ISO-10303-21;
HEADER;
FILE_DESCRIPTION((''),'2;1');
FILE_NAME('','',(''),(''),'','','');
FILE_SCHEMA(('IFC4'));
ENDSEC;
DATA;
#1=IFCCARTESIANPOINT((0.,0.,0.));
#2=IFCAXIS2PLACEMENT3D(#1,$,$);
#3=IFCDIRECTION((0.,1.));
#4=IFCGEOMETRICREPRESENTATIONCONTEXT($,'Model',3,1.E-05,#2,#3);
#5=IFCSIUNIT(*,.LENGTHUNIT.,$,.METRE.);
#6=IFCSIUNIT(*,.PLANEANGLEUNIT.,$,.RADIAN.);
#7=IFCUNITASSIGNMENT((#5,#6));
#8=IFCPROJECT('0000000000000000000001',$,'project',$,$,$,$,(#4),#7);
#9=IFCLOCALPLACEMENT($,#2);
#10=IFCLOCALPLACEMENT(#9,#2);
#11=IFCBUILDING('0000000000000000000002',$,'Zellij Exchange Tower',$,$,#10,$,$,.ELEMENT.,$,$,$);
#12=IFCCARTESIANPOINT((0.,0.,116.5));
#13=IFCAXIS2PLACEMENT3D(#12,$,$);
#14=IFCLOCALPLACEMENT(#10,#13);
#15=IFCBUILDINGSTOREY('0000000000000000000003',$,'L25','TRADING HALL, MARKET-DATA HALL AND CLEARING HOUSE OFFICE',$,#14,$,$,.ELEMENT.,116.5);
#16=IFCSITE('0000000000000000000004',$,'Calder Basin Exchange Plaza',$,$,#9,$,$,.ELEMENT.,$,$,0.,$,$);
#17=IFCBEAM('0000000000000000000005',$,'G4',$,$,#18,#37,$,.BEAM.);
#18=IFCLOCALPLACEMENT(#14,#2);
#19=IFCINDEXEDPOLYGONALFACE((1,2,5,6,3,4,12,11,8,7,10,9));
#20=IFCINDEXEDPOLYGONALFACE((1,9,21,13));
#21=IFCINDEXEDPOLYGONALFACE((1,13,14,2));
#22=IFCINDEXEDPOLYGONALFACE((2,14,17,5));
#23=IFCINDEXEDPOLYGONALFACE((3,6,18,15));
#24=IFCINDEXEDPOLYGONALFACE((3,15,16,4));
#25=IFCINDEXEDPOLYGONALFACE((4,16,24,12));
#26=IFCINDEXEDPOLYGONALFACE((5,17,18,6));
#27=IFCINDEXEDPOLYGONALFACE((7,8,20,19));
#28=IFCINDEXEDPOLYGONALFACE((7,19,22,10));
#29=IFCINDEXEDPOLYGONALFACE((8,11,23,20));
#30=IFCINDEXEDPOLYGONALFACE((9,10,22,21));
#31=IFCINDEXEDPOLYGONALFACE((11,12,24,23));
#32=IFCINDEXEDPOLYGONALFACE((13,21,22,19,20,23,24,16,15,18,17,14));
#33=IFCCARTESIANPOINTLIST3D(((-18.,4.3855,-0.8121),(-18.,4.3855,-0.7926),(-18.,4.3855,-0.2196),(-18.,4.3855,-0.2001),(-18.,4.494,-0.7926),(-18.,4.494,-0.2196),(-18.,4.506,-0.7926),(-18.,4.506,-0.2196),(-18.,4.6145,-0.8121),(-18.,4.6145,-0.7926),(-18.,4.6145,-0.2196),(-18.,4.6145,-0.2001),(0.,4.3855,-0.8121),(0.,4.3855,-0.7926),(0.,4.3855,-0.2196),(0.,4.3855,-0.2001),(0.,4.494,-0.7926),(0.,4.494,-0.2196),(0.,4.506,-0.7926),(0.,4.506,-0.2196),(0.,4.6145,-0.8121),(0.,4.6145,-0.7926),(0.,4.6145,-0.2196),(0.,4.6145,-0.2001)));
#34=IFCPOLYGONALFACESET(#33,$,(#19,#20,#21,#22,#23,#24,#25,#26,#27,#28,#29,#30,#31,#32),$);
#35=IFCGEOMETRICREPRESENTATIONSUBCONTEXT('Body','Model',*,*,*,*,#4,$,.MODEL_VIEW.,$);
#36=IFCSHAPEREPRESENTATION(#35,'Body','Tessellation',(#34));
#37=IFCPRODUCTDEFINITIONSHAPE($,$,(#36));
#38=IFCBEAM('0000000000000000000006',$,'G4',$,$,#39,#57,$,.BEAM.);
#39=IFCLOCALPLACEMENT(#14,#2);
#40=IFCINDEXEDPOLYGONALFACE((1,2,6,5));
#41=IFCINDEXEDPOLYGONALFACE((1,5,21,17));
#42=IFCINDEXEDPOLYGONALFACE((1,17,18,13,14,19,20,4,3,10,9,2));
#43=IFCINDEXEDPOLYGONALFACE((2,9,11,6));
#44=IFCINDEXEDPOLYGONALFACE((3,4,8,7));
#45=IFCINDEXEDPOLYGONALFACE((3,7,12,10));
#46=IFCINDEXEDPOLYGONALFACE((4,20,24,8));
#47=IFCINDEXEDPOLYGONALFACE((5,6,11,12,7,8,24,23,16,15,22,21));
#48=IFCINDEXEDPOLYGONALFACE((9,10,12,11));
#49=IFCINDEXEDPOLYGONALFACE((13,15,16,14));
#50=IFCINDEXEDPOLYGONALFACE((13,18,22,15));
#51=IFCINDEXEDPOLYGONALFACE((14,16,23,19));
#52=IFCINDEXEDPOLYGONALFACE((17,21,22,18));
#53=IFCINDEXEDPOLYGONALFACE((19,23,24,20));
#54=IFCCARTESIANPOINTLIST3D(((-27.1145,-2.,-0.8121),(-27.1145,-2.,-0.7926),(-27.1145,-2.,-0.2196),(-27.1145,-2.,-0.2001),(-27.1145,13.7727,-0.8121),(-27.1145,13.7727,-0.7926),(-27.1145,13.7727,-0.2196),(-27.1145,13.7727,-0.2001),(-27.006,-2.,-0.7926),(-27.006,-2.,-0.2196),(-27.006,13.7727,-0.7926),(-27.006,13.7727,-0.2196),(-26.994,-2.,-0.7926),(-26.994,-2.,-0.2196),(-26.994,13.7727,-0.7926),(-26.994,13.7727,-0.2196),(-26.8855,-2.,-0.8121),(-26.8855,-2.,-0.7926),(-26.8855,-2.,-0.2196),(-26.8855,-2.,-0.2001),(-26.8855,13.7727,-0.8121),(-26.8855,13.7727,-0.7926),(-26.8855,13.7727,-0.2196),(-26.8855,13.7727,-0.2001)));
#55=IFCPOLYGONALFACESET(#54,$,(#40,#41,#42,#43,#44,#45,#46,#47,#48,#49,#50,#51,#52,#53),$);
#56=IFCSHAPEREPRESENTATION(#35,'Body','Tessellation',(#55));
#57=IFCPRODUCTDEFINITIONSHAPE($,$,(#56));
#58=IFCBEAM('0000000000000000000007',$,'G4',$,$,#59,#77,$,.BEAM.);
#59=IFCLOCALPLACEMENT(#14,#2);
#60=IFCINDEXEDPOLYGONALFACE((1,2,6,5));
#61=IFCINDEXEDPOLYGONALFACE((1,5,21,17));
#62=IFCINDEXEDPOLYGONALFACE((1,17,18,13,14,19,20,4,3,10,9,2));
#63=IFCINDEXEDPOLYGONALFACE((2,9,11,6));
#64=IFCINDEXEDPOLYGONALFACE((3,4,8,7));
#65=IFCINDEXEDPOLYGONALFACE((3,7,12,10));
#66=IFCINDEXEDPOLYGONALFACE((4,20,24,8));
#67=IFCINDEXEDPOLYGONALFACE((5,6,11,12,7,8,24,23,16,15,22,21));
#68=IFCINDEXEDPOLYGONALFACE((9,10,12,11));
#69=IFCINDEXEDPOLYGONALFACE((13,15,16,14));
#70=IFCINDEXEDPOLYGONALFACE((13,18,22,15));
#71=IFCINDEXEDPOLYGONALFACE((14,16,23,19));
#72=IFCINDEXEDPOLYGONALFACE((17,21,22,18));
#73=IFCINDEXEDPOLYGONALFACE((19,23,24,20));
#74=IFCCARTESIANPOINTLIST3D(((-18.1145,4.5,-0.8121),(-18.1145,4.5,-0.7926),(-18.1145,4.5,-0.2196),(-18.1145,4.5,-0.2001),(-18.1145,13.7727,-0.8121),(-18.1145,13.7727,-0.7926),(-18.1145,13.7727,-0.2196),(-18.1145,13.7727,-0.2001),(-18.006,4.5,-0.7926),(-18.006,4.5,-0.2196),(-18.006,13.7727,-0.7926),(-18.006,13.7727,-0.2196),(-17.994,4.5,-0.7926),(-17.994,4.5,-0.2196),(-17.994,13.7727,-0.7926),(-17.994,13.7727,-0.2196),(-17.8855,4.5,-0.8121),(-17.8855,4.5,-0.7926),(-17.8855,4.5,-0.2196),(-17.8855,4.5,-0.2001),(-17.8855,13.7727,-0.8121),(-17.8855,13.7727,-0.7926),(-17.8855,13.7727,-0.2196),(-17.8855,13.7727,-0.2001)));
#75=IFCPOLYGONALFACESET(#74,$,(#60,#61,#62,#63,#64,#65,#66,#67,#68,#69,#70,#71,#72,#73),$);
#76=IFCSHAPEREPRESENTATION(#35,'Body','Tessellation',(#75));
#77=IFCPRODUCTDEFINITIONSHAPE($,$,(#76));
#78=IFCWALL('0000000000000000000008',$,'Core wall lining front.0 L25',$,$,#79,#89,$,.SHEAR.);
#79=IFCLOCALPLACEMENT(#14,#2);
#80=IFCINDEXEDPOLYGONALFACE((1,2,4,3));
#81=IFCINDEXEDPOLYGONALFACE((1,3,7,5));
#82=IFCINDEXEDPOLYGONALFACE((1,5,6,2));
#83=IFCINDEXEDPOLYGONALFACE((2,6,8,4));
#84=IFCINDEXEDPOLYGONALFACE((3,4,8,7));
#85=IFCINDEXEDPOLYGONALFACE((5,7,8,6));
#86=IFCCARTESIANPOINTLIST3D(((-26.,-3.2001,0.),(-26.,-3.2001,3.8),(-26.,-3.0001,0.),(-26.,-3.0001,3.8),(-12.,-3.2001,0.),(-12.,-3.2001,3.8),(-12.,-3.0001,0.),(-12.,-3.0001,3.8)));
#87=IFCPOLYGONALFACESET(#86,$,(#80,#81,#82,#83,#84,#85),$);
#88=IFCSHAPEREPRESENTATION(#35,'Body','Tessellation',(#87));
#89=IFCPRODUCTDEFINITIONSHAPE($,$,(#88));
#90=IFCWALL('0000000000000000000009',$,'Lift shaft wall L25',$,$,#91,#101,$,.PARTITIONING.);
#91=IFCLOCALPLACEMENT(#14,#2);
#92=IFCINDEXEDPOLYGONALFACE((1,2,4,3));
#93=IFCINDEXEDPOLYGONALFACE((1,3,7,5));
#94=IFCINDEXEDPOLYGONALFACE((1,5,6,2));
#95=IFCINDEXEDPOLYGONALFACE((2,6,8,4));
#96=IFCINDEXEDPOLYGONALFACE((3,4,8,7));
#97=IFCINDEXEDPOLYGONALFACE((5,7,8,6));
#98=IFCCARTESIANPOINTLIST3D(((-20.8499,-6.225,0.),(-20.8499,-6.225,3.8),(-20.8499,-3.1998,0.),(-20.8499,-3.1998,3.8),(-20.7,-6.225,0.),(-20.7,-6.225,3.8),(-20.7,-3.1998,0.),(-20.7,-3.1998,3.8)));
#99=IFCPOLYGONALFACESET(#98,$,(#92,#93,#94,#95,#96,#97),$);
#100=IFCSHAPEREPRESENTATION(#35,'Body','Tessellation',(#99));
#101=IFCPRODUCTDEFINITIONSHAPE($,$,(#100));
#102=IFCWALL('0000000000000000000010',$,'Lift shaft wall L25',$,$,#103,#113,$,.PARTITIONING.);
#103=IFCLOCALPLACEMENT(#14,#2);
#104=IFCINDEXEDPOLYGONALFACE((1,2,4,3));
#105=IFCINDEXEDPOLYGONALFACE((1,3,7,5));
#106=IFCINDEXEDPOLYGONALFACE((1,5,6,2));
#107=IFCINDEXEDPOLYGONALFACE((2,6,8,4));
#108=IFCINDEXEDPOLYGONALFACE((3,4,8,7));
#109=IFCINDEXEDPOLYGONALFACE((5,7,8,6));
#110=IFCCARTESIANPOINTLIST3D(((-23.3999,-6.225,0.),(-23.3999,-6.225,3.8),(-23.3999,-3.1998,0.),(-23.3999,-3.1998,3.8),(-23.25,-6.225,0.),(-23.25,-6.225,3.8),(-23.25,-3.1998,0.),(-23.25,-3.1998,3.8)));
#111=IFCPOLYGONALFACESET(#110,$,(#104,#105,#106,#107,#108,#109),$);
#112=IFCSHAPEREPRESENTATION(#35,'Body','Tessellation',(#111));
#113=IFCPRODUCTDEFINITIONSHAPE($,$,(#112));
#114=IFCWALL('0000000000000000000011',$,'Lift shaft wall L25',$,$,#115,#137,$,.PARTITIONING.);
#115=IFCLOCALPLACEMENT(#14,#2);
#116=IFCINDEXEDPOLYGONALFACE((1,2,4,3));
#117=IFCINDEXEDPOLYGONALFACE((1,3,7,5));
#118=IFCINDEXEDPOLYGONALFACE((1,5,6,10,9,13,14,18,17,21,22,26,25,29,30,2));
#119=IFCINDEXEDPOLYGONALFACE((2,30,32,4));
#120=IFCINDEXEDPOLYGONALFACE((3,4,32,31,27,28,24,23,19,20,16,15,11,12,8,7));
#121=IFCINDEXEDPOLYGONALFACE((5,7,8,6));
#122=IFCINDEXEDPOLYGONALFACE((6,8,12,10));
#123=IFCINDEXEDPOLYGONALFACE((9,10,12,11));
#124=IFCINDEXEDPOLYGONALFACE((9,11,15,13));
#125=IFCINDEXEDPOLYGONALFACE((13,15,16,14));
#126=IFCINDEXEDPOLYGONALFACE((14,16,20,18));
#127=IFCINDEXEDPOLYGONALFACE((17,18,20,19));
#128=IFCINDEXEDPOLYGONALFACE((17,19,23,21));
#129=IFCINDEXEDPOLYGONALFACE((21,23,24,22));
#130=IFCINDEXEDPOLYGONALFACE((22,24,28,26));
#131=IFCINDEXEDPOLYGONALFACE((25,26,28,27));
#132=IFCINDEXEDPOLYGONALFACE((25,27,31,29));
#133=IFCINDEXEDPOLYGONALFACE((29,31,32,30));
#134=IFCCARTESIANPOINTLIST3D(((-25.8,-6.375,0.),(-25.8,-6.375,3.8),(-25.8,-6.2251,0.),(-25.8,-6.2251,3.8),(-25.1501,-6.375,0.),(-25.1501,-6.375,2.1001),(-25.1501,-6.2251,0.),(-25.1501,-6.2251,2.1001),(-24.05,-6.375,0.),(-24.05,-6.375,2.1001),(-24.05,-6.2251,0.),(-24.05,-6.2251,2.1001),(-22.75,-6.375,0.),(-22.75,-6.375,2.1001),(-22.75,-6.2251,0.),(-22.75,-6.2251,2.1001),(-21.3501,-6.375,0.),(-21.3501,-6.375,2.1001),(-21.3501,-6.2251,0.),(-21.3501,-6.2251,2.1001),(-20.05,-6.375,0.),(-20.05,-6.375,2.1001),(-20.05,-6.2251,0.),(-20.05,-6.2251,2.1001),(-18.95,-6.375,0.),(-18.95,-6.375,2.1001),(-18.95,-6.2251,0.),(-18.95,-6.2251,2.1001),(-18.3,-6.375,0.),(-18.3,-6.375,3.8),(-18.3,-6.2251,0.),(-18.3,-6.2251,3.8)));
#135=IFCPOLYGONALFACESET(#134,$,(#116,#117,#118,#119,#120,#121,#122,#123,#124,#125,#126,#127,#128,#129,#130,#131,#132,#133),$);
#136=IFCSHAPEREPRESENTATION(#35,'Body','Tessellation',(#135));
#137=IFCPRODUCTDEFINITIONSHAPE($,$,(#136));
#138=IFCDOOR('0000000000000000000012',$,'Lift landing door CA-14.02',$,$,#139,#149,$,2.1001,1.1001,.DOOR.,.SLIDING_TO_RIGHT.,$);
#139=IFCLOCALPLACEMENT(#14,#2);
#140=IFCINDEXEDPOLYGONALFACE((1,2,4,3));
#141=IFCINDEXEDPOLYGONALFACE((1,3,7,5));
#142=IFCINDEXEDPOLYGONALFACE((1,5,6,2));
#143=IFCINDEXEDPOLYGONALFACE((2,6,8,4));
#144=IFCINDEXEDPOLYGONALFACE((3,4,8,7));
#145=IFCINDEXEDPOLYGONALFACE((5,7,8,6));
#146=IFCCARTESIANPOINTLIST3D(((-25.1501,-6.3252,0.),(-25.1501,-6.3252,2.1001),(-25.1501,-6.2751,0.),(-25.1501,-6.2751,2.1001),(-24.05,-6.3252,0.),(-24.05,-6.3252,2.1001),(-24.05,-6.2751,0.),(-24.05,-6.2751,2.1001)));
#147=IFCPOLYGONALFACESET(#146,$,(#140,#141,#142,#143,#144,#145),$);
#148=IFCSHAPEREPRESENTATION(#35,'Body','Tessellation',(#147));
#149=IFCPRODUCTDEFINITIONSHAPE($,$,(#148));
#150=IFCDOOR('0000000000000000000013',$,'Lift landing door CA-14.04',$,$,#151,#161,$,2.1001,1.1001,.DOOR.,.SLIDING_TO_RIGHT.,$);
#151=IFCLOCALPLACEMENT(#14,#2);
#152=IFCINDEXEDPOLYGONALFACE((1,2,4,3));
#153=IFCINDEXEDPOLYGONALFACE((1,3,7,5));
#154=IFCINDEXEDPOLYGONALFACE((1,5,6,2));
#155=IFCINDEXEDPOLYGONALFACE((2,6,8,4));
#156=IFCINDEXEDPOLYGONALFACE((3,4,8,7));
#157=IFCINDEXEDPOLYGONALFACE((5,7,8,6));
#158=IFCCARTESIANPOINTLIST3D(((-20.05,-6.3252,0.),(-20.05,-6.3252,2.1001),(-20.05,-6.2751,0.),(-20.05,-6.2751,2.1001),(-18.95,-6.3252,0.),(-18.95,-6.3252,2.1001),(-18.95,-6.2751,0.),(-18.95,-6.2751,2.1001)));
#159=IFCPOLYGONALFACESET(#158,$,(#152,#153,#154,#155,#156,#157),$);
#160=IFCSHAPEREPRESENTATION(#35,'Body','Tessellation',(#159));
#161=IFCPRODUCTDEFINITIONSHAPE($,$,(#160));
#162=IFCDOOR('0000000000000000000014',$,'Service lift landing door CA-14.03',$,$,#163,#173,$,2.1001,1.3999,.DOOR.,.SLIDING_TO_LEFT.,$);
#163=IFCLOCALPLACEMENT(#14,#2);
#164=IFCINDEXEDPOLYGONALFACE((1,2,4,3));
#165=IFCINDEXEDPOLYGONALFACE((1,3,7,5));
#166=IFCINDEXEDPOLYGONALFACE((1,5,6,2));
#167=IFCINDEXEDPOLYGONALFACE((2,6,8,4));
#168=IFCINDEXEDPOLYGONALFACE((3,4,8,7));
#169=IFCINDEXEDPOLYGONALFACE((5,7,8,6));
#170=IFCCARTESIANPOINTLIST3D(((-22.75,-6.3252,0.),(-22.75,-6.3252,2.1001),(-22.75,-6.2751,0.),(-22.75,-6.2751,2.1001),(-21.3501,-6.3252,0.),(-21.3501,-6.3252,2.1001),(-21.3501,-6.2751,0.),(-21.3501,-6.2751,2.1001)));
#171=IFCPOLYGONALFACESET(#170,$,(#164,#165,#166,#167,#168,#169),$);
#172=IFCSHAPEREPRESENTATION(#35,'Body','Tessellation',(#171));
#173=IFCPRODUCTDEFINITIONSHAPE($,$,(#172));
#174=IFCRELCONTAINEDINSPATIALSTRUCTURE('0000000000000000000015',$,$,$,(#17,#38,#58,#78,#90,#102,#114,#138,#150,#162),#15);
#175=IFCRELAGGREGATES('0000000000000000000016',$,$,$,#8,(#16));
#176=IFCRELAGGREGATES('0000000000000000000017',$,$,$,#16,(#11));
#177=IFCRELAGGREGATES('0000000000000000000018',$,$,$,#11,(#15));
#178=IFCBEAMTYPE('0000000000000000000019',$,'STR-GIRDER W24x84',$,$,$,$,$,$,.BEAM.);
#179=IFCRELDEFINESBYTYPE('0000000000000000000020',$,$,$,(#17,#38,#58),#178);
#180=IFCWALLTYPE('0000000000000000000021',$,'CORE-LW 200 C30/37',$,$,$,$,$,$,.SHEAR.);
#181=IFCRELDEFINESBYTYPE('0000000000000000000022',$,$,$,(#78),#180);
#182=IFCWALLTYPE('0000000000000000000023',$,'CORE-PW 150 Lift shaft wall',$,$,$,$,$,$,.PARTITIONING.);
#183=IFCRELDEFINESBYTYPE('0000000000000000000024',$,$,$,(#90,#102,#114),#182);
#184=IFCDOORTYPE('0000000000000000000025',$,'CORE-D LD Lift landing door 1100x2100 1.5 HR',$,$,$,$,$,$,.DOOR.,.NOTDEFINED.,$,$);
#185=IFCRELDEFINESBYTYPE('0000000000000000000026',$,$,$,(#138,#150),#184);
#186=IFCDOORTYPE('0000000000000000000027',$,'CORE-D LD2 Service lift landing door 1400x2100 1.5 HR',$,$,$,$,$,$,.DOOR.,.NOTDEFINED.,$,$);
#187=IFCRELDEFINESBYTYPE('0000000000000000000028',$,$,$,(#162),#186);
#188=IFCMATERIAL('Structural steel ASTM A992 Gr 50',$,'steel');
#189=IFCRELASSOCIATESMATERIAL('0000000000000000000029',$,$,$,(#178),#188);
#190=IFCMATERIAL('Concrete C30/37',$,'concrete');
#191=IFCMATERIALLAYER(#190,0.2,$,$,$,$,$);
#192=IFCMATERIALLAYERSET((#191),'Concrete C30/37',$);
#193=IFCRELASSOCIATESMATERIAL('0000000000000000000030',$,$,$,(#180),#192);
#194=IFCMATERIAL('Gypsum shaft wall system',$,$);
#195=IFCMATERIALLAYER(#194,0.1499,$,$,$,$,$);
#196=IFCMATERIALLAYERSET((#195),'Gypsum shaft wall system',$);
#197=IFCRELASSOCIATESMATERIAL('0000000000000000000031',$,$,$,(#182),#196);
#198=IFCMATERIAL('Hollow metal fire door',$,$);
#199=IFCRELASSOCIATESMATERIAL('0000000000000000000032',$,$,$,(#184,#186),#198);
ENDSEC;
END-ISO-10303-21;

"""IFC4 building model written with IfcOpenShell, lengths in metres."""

from ifc_helpers import new_model, si_unit, direction, frame, frame_2d, origin, origin_2d, place, context, subcontext, project, spatial, rectangle, i_section, extrude, material, layer, layer_set, material_profile, profile_set, type_object, element, fill, save


model = new_model("IFC4")

# Units and contexts
model_context = context("Model", 3, precision=1e-05, world=origin(), true_north=direction((0.0, 1.0)))
body_context = subcontext(model_context, "Body", "Model", "MODEL_VIEW")
ifc_project = project(units=[si_unit("LENGTHUNIT", "METRE"), si_unit("PLANEANGLEUNIT", "RADIAN")], contexts=[model_context])

# Site, building, storey
site_placement = place(None, origin())
site = spatial("IfcSite", under=ifc_project, at=site_placement, Name="Calder Basin Exchange Plaza", CompositionType="ELEMENT", RefElevation=0.0)
building_placement = place(site_placement, origin())
building = spatial("IfcBuilding", under=site, at=building_placement, Name="Zellij Exchange Tower", CompositionType="ELEMENT")
storey_placement = place(building_placement, frame((0.0, 0.0, 116.5)))
storey = spatial("IfcBuildingStorey", under=building, at=storey_placement, Name="L25", Description="TRADING HALL, MARKET-DATA HALL AND CLEARING HOUSE OFFICE", CompositionType="ELEMENT", Elevation=116.5)

# Beams
ifc_material_1 = material(Name="Structural steel ASTM A992 Gr 50", Category="steel")
ifc_material_profile_1 = material_profile(ifc_material_1, i_section(OverallWidth=0.229, OverallDepth=0.6121, WebThickness=0.012, FlangeThickness=0.0195, at=origin_2d()), Name="W24x84")
ifc_profile_set_1 = profile_set([ifc_material_profile_1], Name="Structural steel ASTM A992 Gr 50")
beam_type_1 = type_object("IfcBeamType", Name="STR-GIRDER W24x84", PredefinedType="BEAM", material=ifc_profile_set_1)
beam_1_placement = place(storey_placement, frame((-18.0, 4.5, -0.5061), z_axis=(1.0, 0.0, 0.0), x_axis=(0.0, 1.0, 0.0)))
element("IfcBeam", 1, at=beam_1_placement, inside=storey, type_object=beam_type_1, Name="G4", PredefinedType="BEAM", context=body_context, shape_type="SweptSolid", body=[
    extrude(i_section(OverallWidth=0.229, OverallDepth=0.6121, WebThickness=0.012, FlangeThickness=0.0195, at=origin_2d()), origin(), (0.0, 0.0, 1.0), 18.0),
])
beam_2_placement = place(storey_placement, frame((-27.0, -2.0, -0.5061), z_axis=(0.0, 1.0, 0.0), x_axis=(-1.0, 0.0, 0.0)))
element("IfcBeam", 2, at=beam_2_placement, inside=storey, type_object=beam_type_1, Name="G4", PredefinedType="BEAM", context=body_context, shape_type="SweptSolid", body=[
    extrude(i_section(OverallWidth=0.229, OverallDepth=0.6121, WebThickness=0.012, FlangeThickness=0.0195, at=origin_2d()), origin(), (0.0, 0.0, 1.0), 15.7727),
])
beam_3_placement = place(storey_placement, frame((-18.0, 4.5, -0.5061), z_axis=(0.0, 1.0, 0.0), x_axis=(-1.0, 0.0, 0.0)))
element("IfcBeam", 3, at=beam_3_placement, inside=storey, type_object=beam_type_1, Name="G4", PredefinedType="BEAM", context=body_context, shape_type="SweptSolid", body=[
    extrude(i_section(OverallWidth=0.229, OverallDepth=0.6121, WebThickness=0.012, FlangeThickness=0.0195, at=origin_2d()), origin(), (0.0, 0.0, 1.0), 9.2727),
])

# Walls
ifc_material_2 = material(Name="Concrete C30/37", Category="concrete")
ifc_layer_1 = layer(ifc_material_2, 0.2)
ifc_layer_set_1 = layer_set([ifc_layer_1], Name="Concrete C30/37")
wall_type_1 = type_object("IfcWallType", Name="CORE-LW 200 C30/37", PredefinedType="SHEAR", material=ifc_layer_set_1)
wall_1_placement = place(storey_placement, frame((-26.0, -3.1001, 0.0), z_axis=(0.0, 0.0, 1.0), x_axis=(1.0, 0.0, 0.0)))
element("IfcWall", 4, at=wall_1_placement, inside=storey, type_object=wall_type_1, Name="Core wall lining front.0 L25", PredefinedType="SHEAR", context=body_context, shape_type="SweptSolid", body=[
    extrude(rectangle(XDim=14.0, YDim=0.2, at=frame_2d((7.0, 0.0))), origin(), (0.0, 0.0, 1.0), 3.8),
])
ifc_material_3 = material(Name="Gypsum shaft wall system")
ifc_layer_2 = layer(ifc_material_3, 0.1499)
ifc_layer_set_2 = layer_set([ifc_layer_2], Name="Gypsum shaft wall system")
wall_type_2 = type_object("IfcWallType", Name="CORE-PW 150 Lift shaft wall", PredefinedType="PARTITIONING", material=ifc_layer_set_2)
for number, where, z_axis, x_axis, name in (
    (5, (-20.7749, -6.2251, 0.0), (0.0, 0.0, 1.0), (0.0, 1.0, 0.0), "Lift shaft wall L25"),
    (6, (-23.325, -6.2251, 0.0), (0.0, 0.0, 1.0), (0.0, 1.0, 0.0), "Lift shaft wall L25"),
):
    element("IfcWall", number, at=place(storey_placement, frame(where, z_axis=z_axis, x_axis=x_axis)), inside=storey, type_object=wall_type_2, Name=name, PredefinedType="PARTITIONING", context=body_context, shape_type="SweptSolid", body=[
        extrude(rectangle(XDim=3.0251, YDim=0.1499, at=frame_2d((1.5127, 0.0))), origin(), (0.0, 0.0, 1.0), 3.8),
    ])

# Wall, openings, doors
wall_2_placement = place(storey_placement, frame((-25.8, -6.3, 0.0), z_axis=(0.0, 0.0, 1.0), x_axis=(1.0, 0.0, 0.0)))
wall_2 = element("IfcWall", 7, at=wall_2_placement, inside=storey, type_object=wall_type_2, Name="Lift shaft wall L25", PredefinedType="PARTITIONING", context=body_context, shape_type="SweptSolid", body=[
    extrude(rectangle(XDim=7.5, YDim=0.1499, at=frame_2d((3.75, 0.0))), origin(), (0.0, 0.0, 1.0), 3.8),
])
opening_1_placement = place(wall_2_placement, frame((0.6499, 0.0, 0.0)))
opening_1 = element("IfcOpeningElement", 8, at=opening_1_placement, cuts=wall_2, PredefinedType="OPENING", context=body_context, shape_type="SweptSolid", body=[
    extrude(rectangle(XDim=1.1001, YDim=2.1001, at=frame_2d((0.55, 1.05))), frame((0.0, 0.0869, 0.0), z_axis=(0.0, -1.0, 0.0), x_axis=(1.0, 0.0, 0.0)), (0.0, 0.0, 1.0), 0.1738),
])
opening_2_placement = place(wall_2_placement, frame((3.05, 0.0, 0.0)))
opening_2 = element("IfcOpeningElement", 9, at=opening_2_placement, cuts=wall_2, PredefinedType="OPENING", context=body_context, shape_type="SweptSolid", body=[
    extrude(rectangle(XDim=1.3999, YDim=2.1001, at=frame_2d((0.7, 1.05))), frame((0.0, 0.0869, 0.0), z_axis=(0.0, -1.0, 0.0), x_axis=(1.0, 0.0, 0.0)), (0.0, 0.0, 1.0), 0.1738),
])
opening_3_placement = place(wall_2_placement, frame((5.75, 0.0, 0.0)))
opening_3 = element("IfcOpeningElement", 10, at=opening_3_placement, cuts=wall_2, PredefinedType="OPENING", context=body_context, shape_type="SweptSolid", body=[
    extrude(rectangle(XDim=1.1001, YDim=2.1001, at=frame_2d((0.55, 1.05))), frame((0.0, 0.0869, 0.0), z_axis=(0.0, -1.0, 0.0), x_axis=(1.0, 0.0, 0.0)), (0.0, 0.0, 1.0), 0.1738),
])
ifc_material_4 = material(Name="Hollow metal fire door")
door_type_1 = type_object("IfcDoorType", Name="CORE-D LD Lift landing door 1100x2100 1.5 HR", OperationType="NOTDEFINED", PredefinedType="DOOR", material=ifc_material_4)
door_1_placement = place(opening_1_placement, origin())
door_1 = element("IfcDoor", 11, at=door_1_placement, inside=storey, type_object=door_type_1, Name="Lift landing door CA-14.02", OperationType="SLIDING_TO_RIGHT", OverallHeight=2.1001, OverallWidth=1.1001, PredefinedType="DOOR", context=body_context, shape_type="SweptSolid", body=[
    extrude(rectangle(XDim=1.1001, YDim=2.1001, at=frame_2d((0.55, 1.05))), frame((0.0, 0.0249, 0.0), z_axis=(0.0, -1.0, 0.0), x_axis=(1.0, 0.0, 0.0)), (0.0, 0.0, 1.0), 0.05),
])
fill(opening_1, door_1)
door_2_placement = place(opening_3_placement, origin())
door_2 = element("IfcDoor", 12, at=door_2_placement, inside=storey, type_object=door_type_1, Name="Lift landing door CA-14.04", OperationType="SLIDING_TO_RIGHT", OverallHeight=2.1001, OverallWidth=1.1001, PredefinedType="DOOR", context=body_context, shape_type="SweptSolid", body=[
    extrude(rectangle(XDim=1.1001, YDim=2.1001, at=frame_2d((0.55, 1.05))), frame((0.0, 0.0249, 0.0), z_axis=(0.0, -1.0, 0.0), x_axis=(1.0, 0.0, 0.0)), (0.0, 0.0, 1.0), 0.05),
])
fill(opening_3, door_2)
door_type_2 = type_object("IfcDoorType", Name="CORE-D LD2 Service lift landing door 1400x2100 1.5 HR", OperationType="NOTDEFINED", PredefinedType="DOOR", material=ifc_material_4)
door_3_placement = place(opening_2_placement, origin())
door_3 = element("IfcDoor", 13, at=door_3_placement, inside=storey, type_object=door_type_2, Name="Service lift landing door CA-14.03", OperationType="SLIDING_TO_LEFT", OverallHeight=2.1001, OverallWidth=1.3999, PredefinedType="DOOR", context=body_context, shape_type="SweptSolid", body=[
    extrude(rectangle(XDim=1.3999, YDim=2.1001, at=frame_2d((0.7, 1.05))), frame((0.0, 0.0249, 0.0), z_axis=(0.0, -1.0, 0.0), x_axis=(1.0, 0.0, 0.0)), (0.0, 0.0, 1.0), 0.05),
])
fill(opening_2, door_3)

save(model, "model.ifc")
